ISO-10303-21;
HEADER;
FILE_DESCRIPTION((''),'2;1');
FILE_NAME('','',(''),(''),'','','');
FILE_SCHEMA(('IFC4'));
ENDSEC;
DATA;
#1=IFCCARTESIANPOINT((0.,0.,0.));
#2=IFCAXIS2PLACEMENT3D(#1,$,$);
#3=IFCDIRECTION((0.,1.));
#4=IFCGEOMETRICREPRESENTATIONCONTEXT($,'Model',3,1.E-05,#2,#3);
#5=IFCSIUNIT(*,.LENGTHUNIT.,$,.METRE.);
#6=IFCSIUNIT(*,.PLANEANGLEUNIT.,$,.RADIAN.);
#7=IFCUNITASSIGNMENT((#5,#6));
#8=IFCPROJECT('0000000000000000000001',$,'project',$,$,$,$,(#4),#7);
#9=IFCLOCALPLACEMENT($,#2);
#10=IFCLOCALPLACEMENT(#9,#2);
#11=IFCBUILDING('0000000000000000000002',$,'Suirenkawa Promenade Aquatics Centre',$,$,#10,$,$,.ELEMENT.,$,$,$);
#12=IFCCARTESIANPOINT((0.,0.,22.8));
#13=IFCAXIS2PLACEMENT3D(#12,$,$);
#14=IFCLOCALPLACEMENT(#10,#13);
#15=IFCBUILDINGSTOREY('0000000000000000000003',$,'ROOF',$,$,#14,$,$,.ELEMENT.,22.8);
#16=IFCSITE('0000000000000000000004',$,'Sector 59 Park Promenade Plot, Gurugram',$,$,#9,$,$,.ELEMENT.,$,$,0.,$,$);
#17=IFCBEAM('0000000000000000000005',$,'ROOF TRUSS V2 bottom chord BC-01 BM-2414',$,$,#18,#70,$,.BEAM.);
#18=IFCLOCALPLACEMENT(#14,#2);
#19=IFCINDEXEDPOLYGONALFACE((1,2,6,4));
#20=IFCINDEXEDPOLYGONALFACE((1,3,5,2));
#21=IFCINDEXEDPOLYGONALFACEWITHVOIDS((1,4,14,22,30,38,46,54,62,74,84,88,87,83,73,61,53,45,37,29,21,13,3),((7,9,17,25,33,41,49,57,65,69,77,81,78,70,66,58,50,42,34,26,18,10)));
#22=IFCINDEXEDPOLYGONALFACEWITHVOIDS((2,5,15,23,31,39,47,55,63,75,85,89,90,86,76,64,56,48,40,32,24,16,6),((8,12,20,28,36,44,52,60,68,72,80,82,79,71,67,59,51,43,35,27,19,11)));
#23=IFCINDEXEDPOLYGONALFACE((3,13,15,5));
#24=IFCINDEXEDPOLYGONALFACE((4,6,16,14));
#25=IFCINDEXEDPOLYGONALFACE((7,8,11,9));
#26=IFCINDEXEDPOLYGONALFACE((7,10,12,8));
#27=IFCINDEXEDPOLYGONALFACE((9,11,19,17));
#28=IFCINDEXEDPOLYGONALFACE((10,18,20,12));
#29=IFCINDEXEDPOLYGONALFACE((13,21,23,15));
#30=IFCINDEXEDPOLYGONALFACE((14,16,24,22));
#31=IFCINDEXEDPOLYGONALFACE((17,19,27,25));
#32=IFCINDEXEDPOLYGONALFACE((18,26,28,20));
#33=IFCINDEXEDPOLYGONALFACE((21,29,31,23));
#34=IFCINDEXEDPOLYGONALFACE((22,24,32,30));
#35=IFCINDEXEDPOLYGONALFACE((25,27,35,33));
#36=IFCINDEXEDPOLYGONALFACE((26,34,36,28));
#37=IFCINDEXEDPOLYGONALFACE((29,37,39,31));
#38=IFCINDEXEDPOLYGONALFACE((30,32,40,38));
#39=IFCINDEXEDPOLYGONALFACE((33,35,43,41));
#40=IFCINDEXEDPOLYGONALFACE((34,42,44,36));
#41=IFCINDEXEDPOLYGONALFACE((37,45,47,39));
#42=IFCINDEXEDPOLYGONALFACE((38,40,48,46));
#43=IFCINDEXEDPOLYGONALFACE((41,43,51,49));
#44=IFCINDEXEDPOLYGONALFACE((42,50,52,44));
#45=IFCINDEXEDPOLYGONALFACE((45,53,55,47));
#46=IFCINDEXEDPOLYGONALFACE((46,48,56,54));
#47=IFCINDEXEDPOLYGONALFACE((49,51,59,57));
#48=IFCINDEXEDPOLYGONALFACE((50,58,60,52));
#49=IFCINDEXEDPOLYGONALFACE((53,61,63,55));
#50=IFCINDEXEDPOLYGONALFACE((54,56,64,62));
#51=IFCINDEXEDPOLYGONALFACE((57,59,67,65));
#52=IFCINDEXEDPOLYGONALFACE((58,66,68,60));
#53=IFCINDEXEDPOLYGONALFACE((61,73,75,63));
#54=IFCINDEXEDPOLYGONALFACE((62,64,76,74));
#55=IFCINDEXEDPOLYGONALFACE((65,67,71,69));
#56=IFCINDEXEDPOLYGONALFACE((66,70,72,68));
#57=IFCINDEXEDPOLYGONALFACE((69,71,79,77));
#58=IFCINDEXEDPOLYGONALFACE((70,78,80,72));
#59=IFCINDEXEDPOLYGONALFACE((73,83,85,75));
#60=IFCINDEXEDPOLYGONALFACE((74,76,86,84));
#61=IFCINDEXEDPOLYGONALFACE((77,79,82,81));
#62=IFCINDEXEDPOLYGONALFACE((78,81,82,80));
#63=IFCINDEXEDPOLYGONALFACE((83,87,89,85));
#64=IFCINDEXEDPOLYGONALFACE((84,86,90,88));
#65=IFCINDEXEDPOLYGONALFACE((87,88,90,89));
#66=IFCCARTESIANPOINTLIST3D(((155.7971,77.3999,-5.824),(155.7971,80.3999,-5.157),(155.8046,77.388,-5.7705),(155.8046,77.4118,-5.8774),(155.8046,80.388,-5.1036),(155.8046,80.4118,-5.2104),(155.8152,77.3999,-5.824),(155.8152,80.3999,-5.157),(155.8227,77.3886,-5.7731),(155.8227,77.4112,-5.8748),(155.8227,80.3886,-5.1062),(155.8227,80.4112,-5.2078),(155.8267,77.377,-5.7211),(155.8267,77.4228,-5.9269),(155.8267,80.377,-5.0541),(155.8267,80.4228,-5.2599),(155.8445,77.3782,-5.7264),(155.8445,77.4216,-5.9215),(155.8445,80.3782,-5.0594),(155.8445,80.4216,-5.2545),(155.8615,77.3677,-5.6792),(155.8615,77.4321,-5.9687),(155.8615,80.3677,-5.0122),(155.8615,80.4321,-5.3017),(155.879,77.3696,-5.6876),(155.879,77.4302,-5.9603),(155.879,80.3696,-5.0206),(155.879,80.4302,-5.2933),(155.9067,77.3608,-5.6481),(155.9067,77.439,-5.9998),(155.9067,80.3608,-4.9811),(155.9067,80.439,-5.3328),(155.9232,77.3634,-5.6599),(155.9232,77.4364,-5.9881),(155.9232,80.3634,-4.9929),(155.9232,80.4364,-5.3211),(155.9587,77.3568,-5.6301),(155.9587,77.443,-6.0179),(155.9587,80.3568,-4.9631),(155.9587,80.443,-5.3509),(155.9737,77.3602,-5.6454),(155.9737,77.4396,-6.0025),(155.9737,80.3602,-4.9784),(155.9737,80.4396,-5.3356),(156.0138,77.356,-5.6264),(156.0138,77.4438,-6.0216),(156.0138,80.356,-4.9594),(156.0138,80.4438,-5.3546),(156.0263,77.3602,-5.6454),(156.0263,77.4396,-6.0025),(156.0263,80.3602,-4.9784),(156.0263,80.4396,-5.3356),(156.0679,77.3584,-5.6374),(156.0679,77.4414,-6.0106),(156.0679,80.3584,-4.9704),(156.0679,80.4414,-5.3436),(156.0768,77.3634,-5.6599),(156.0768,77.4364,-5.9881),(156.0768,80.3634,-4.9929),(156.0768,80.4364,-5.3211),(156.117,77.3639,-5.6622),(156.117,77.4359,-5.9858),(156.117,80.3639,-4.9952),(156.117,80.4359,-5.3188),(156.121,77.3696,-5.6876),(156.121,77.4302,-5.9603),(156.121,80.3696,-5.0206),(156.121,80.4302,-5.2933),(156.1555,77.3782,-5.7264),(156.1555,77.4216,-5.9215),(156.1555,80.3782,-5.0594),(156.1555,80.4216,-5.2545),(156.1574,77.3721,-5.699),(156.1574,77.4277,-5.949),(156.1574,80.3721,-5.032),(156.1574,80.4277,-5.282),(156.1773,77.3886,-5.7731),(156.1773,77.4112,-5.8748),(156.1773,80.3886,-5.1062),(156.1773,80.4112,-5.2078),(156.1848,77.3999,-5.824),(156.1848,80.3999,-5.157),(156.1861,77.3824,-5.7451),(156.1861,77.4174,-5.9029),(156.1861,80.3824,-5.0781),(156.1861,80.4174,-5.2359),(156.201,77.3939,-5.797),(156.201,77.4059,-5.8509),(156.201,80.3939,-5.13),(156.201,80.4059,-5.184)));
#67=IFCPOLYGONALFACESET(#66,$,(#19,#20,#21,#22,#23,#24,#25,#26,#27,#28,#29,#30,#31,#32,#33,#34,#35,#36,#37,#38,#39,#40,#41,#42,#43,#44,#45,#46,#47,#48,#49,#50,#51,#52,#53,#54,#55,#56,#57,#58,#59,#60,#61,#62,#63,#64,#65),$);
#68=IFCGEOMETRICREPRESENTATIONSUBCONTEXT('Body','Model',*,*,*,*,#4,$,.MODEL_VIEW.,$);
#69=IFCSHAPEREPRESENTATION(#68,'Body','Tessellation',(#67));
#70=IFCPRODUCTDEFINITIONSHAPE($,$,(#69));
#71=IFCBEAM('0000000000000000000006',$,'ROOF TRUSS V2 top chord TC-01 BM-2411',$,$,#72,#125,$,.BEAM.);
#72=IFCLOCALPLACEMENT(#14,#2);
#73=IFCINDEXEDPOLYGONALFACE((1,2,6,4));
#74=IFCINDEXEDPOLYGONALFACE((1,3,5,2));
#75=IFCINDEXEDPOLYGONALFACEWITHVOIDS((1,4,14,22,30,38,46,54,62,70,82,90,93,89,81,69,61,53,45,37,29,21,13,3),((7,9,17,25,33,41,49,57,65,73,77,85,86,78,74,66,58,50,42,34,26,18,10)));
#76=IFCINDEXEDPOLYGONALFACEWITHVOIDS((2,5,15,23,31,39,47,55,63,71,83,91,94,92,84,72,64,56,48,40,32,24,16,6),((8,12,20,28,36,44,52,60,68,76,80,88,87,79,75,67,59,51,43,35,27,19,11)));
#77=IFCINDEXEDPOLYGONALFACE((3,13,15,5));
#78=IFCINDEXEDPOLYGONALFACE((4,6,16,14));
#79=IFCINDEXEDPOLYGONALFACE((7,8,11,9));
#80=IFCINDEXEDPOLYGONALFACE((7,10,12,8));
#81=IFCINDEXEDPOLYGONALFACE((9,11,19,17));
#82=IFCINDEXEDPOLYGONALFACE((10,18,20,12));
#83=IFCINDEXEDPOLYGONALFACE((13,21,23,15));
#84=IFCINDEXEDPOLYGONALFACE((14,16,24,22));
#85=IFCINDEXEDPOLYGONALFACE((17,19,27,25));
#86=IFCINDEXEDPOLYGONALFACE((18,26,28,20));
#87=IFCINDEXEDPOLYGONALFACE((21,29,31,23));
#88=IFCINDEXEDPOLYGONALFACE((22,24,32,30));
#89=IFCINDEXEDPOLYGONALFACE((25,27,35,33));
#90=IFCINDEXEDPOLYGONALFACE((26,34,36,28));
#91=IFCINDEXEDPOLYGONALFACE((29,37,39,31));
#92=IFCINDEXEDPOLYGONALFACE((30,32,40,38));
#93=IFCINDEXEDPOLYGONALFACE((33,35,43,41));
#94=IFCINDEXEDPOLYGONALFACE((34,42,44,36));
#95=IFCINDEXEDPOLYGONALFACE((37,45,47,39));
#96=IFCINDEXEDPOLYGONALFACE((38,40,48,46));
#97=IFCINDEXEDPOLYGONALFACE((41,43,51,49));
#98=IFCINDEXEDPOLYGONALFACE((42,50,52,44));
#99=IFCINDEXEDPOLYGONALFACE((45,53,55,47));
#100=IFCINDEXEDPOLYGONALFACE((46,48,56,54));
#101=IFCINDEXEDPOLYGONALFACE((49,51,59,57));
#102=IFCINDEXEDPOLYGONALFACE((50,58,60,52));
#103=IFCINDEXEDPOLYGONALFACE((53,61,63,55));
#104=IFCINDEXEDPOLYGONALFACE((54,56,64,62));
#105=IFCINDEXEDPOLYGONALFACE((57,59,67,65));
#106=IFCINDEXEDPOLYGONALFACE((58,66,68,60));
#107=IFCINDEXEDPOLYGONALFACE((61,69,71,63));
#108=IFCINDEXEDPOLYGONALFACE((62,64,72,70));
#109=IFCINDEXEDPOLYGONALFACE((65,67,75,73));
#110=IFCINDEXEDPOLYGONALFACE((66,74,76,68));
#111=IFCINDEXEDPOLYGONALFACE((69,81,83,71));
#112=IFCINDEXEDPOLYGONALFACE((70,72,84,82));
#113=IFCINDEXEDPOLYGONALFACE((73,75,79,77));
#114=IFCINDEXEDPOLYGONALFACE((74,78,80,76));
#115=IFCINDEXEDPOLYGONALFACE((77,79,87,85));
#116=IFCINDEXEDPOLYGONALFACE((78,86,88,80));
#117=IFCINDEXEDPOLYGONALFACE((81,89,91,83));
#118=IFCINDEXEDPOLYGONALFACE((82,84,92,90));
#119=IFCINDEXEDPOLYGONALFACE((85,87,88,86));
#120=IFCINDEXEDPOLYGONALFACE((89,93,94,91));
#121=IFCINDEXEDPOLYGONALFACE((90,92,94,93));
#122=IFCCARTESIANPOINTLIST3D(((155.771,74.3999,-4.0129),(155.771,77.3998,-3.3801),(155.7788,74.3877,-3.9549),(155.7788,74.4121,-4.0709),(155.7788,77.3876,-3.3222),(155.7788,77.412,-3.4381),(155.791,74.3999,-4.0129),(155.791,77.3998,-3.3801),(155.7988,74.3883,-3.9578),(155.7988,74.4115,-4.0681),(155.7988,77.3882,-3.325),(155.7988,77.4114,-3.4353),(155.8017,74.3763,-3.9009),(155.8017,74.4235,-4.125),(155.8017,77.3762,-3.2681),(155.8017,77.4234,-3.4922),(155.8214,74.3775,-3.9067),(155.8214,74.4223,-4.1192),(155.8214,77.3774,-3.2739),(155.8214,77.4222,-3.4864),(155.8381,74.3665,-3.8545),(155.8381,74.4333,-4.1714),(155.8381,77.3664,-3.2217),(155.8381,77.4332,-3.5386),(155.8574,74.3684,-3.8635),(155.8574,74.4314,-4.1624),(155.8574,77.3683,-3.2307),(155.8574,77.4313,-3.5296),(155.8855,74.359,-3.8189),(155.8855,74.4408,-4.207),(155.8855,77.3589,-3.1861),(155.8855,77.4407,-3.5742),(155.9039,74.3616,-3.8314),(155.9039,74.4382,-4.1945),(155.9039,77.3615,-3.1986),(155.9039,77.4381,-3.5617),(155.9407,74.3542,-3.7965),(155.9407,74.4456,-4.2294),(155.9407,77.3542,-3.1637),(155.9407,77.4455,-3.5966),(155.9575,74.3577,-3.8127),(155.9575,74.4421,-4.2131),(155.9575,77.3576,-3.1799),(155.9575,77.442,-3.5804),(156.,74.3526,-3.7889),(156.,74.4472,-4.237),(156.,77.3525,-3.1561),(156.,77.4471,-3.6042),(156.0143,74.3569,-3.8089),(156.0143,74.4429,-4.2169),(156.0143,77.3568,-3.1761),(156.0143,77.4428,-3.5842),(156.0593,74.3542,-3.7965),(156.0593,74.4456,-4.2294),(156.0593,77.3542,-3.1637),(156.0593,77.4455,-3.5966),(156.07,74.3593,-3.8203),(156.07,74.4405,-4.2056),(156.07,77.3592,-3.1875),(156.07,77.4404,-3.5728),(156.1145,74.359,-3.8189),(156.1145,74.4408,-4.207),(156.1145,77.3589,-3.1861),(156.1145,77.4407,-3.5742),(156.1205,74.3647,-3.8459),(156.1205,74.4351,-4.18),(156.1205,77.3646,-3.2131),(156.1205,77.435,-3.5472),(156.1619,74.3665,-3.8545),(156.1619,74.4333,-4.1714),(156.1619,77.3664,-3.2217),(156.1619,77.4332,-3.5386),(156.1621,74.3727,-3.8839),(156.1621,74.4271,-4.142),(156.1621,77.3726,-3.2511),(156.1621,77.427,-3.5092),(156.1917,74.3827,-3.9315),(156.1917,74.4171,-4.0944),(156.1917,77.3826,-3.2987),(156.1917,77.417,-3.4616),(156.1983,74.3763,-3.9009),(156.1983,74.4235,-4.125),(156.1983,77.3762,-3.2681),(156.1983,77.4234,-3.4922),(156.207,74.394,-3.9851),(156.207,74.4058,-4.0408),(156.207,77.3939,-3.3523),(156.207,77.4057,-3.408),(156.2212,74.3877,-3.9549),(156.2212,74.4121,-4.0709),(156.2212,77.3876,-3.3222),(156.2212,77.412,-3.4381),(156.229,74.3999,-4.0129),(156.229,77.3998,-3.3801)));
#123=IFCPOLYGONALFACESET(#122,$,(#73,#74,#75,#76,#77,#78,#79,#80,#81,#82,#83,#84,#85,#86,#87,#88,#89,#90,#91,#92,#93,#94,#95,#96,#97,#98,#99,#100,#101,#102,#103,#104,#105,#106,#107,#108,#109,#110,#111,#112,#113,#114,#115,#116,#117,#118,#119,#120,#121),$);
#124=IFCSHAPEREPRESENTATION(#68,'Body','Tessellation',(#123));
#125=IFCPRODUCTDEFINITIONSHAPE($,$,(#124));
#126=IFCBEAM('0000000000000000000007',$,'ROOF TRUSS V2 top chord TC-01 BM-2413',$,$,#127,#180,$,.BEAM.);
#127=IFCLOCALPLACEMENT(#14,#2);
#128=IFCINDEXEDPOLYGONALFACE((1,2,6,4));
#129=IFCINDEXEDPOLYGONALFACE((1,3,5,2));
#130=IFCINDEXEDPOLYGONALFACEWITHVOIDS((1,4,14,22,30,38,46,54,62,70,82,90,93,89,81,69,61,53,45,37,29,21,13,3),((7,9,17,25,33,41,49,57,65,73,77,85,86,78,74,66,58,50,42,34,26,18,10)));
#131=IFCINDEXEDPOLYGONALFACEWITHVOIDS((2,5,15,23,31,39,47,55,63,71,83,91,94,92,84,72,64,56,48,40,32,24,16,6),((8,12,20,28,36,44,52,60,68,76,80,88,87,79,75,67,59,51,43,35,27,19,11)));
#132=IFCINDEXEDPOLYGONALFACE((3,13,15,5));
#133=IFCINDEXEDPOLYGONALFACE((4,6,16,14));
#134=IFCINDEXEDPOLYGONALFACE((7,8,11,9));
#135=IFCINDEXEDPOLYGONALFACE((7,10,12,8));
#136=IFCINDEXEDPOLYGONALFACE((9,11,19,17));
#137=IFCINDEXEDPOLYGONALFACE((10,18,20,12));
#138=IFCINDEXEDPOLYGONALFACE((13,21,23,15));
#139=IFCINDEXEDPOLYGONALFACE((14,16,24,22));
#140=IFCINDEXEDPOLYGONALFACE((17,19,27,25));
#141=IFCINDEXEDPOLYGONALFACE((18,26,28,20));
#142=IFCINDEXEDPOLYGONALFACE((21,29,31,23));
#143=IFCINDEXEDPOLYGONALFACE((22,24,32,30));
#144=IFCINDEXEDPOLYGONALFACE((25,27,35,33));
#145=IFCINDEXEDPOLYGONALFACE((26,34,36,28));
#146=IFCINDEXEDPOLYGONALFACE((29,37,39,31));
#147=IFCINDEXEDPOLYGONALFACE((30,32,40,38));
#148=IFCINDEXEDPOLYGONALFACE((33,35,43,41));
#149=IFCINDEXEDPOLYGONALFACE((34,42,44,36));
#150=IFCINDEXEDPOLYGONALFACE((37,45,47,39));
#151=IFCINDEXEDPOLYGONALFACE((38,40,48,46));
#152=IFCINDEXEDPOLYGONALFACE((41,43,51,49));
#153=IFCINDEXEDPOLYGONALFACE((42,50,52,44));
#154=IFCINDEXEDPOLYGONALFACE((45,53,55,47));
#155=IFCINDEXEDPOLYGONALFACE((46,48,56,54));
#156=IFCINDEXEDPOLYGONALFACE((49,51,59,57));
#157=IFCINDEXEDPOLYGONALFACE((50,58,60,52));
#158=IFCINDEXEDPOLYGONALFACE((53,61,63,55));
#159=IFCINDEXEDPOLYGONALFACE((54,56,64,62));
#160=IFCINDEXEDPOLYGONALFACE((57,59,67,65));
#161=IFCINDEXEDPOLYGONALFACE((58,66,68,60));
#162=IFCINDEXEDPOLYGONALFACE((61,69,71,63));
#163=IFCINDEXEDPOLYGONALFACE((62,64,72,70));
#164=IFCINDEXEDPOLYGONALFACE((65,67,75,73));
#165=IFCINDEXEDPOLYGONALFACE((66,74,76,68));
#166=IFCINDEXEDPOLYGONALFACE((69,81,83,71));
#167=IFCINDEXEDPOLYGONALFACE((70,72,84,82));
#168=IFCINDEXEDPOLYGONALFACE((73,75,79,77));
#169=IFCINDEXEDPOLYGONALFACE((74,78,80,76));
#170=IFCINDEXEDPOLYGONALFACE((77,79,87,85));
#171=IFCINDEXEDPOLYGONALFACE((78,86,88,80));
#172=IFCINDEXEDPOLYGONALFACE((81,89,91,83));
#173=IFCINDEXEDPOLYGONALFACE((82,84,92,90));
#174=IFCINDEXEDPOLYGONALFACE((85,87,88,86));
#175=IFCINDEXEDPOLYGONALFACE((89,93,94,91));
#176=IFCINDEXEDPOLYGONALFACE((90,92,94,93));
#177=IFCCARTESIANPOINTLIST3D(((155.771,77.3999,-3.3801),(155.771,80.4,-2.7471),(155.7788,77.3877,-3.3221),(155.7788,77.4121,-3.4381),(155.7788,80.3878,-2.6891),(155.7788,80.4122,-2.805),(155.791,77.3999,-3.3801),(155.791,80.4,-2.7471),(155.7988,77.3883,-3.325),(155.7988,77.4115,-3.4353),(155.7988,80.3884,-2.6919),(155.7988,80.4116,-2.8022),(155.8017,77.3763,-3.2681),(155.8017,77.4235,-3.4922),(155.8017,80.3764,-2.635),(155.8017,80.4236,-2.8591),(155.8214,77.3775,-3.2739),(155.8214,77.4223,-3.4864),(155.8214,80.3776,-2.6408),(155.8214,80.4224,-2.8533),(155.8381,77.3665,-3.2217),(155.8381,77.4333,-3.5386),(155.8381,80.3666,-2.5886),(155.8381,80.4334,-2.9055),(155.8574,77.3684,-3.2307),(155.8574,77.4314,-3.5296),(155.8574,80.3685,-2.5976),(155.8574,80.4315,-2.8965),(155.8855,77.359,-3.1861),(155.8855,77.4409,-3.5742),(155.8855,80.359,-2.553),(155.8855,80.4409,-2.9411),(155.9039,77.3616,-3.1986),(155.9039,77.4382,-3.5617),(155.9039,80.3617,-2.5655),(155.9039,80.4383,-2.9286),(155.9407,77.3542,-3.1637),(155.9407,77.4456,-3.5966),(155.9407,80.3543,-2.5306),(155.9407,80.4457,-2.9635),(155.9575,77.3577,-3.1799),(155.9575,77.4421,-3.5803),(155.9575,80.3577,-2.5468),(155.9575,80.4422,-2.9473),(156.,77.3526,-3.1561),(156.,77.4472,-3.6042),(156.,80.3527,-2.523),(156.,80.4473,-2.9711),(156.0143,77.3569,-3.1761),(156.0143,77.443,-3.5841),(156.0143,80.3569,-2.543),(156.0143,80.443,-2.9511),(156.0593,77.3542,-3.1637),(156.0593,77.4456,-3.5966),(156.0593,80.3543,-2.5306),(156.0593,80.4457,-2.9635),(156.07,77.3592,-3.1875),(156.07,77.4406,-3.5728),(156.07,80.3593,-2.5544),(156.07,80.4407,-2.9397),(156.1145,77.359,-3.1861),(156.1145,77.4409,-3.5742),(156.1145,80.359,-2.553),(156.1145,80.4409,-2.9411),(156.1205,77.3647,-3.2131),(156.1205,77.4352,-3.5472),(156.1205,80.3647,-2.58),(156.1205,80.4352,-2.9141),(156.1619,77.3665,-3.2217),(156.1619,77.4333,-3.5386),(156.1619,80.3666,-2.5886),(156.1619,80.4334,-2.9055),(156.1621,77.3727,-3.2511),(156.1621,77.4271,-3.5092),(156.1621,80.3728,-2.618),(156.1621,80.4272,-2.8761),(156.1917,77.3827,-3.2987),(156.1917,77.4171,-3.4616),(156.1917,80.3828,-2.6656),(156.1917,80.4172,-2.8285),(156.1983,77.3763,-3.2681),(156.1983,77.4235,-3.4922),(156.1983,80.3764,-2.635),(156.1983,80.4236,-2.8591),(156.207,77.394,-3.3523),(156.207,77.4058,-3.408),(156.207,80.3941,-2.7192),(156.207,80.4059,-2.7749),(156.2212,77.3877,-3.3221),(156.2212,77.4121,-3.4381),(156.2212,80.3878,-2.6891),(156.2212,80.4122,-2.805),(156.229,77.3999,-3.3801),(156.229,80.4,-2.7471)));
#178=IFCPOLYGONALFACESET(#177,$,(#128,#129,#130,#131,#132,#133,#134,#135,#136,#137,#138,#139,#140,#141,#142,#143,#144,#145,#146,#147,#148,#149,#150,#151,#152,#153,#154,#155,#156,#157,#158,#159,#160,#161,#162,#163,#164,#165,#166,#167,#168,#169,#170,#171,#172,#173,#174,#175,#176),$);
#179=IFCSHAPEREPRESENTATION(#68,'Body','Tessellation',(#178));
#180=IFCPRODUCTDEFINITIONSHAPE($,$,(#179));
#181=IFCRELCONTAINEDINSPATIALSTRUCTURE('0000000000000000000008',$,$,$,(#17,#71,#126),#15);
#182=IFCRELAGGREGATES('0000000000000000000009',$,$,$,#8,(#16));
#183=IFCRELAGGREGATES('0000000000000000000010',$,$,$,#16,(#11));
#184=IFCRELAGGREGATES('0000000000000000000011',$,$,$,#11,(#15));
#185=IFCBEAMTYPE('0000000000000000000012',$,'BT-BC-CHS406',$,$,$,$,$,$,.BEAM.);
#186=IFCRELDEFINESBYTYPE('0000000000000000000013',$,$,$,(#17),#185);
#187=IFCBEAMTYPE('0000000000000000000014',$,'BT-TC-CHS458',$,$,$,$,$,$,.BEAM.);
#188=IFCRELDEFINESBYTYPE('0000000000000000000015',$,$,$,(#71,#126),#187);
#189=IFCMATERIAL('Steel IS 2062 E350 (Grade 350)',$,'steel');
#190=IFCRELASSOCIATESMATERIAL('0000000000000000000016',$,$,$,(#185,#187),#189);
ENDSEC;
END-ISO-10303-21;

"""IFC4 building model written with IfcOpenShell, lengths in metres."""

from ifc_helpers import new_model, si_unit, direction, frame, origin, origin_2d, place, context, subcontext, project, spatial, hollow_circle, extrude, material, material_profile, profile_set, type_object, element, save


model = new_model("IFC4")

# Units and contexts
model_context = context("Model", 3, precision=1e-05, world=origin(), true_north=direction((0.0, 1.0)))
body_context = subcontext(model_context, "Body", "Model", "MODEL_VIEW")
ifc_project = project(units=[si_unit("LENGTHUNIT", "METRE"), si_unit("PLANEANGLEUNIT", "RADIAN")], contexts=[model_context])

# Site, building, storey
site_placement = place(None, origin())
site = spatial("IfcSite", under=ifc_project, at=site_placement, Name="Sector 59 Park Promenade Plot, Gurugram", CompositionType="ELEMENT", RefElevation=0.0)
building_placement = place(site_placement, origin())
building = spatial("IfcBuilding", under=site, at=building_placement, Name="Suirenkawa Promenade Aquatics Centre", CompositionType="ELEMENT")
storey_placement = place(building_placement, frame((0.0, 0.0, 22.8)))
storey = spatial("IfcBuildingStorey", under=building, at=storey_placement, Name="ROOF", CompositionType="ELEMENT", Elevation=22.8)

# Beams
ifc_material = material(Name="Steel IS 2062 E350 (Grade 350)", Category="steel")
ifc_material_profile_1 = material_profile(ifc_material, hollow_circle(Radius=0.2029, WallThickness=0.0181, at=origin_2d()), Name="CHS 406x18", Category="steel")
ifc_profile_set_1 = profile_set([ifc_material_profile_1], Name="Steel IS 2062 E350 (Grade 350)")
beam_type_1 = type_object("IfcBeamType", Name="BT-BC-CHS406", PredefinedType="BEAM", material=ifc_profile_set_1)
beam_1_placement = place(storey_placement, frame((156.0, 77.3999, -5.824), z_axis=(0.0, 0.976165, 0.217031), x_axis=(-1.0, 0.0, 0.0)))
element("IfcBeam", 1, at=beam_1_placement, inside=storey, type_object=beam_type_1, Name="ROOF TRUSS V2 bottom chord BC-01 BM-2414", PredefinedType="BEAM", context=body_context, shape_type="SweptSolid", body=[
    extrude(hollow_circle(Radius=0.2029, WallThickness=0.0181, at=origin_2d()), origin(), (0.0, 0.0, 1.0), 3.0732),
])
ifc_material_profile_2 = material_profile(ifc_material, hollow_circle(Radius=0.229, WallThickness=0.02, at=origin_2d()), Name="CHS 458x20", Category="steel")
ifc_profile_set_2 = profile_set([ifc_material_profile_2], Name="Steel IS 2062 E350 (Grade 350)")
beam_type_2 = type_object("IfcBeamType", Name="BT-TC-CHS458", PredefinedType="BEAM", material=ifc_profile_set_2)
beam_2_placement = place(storey_placement, frame((156.0, 74.3999, -4.0129), z_axis=(0.0, 0.978469, 0.206396), x_axis=(-1.0, 0.0, 0.0)))
element("IfcBeam", 2, at=beam_2_placement, inside=storey, type_object=beam_type_2, Name="ROOF TRUSS V2 top chord TC-01 BM-2411", PredefinedType="BEAM", context=body_context, shape_type="SweptSolid", body=[
    extrude(hollow_circle(Radius=0.229, WallThickness=0.02, at=origin_2d()), origin(), (0.0, 0.0, 1.0), 3.0659),
])
beam_3_placement = place(storey_placement, frame((156.0, 77.3999, -3.3801), z_axis=(0.0, 0.978453, 0.206472), x_axis=(-1.0, 0.0, 0.0)))
element("IfcBeam", 3, at=beam_3_placement, inside=storey, type_object=beam_type_2, Name="ROOF TRUSS V2 top chord TC-01 BM-2413", PredefinedType="BEAM", context=body_context, shape_type="SweptSolid", body=[
    extrude(hollow_circle(Radius=0.229, WallThickness=0.02, at=origin_2d()), origin(), (0.0, 0.0, 1.0), 3.0662),
])

save(model, "model.ifc")
